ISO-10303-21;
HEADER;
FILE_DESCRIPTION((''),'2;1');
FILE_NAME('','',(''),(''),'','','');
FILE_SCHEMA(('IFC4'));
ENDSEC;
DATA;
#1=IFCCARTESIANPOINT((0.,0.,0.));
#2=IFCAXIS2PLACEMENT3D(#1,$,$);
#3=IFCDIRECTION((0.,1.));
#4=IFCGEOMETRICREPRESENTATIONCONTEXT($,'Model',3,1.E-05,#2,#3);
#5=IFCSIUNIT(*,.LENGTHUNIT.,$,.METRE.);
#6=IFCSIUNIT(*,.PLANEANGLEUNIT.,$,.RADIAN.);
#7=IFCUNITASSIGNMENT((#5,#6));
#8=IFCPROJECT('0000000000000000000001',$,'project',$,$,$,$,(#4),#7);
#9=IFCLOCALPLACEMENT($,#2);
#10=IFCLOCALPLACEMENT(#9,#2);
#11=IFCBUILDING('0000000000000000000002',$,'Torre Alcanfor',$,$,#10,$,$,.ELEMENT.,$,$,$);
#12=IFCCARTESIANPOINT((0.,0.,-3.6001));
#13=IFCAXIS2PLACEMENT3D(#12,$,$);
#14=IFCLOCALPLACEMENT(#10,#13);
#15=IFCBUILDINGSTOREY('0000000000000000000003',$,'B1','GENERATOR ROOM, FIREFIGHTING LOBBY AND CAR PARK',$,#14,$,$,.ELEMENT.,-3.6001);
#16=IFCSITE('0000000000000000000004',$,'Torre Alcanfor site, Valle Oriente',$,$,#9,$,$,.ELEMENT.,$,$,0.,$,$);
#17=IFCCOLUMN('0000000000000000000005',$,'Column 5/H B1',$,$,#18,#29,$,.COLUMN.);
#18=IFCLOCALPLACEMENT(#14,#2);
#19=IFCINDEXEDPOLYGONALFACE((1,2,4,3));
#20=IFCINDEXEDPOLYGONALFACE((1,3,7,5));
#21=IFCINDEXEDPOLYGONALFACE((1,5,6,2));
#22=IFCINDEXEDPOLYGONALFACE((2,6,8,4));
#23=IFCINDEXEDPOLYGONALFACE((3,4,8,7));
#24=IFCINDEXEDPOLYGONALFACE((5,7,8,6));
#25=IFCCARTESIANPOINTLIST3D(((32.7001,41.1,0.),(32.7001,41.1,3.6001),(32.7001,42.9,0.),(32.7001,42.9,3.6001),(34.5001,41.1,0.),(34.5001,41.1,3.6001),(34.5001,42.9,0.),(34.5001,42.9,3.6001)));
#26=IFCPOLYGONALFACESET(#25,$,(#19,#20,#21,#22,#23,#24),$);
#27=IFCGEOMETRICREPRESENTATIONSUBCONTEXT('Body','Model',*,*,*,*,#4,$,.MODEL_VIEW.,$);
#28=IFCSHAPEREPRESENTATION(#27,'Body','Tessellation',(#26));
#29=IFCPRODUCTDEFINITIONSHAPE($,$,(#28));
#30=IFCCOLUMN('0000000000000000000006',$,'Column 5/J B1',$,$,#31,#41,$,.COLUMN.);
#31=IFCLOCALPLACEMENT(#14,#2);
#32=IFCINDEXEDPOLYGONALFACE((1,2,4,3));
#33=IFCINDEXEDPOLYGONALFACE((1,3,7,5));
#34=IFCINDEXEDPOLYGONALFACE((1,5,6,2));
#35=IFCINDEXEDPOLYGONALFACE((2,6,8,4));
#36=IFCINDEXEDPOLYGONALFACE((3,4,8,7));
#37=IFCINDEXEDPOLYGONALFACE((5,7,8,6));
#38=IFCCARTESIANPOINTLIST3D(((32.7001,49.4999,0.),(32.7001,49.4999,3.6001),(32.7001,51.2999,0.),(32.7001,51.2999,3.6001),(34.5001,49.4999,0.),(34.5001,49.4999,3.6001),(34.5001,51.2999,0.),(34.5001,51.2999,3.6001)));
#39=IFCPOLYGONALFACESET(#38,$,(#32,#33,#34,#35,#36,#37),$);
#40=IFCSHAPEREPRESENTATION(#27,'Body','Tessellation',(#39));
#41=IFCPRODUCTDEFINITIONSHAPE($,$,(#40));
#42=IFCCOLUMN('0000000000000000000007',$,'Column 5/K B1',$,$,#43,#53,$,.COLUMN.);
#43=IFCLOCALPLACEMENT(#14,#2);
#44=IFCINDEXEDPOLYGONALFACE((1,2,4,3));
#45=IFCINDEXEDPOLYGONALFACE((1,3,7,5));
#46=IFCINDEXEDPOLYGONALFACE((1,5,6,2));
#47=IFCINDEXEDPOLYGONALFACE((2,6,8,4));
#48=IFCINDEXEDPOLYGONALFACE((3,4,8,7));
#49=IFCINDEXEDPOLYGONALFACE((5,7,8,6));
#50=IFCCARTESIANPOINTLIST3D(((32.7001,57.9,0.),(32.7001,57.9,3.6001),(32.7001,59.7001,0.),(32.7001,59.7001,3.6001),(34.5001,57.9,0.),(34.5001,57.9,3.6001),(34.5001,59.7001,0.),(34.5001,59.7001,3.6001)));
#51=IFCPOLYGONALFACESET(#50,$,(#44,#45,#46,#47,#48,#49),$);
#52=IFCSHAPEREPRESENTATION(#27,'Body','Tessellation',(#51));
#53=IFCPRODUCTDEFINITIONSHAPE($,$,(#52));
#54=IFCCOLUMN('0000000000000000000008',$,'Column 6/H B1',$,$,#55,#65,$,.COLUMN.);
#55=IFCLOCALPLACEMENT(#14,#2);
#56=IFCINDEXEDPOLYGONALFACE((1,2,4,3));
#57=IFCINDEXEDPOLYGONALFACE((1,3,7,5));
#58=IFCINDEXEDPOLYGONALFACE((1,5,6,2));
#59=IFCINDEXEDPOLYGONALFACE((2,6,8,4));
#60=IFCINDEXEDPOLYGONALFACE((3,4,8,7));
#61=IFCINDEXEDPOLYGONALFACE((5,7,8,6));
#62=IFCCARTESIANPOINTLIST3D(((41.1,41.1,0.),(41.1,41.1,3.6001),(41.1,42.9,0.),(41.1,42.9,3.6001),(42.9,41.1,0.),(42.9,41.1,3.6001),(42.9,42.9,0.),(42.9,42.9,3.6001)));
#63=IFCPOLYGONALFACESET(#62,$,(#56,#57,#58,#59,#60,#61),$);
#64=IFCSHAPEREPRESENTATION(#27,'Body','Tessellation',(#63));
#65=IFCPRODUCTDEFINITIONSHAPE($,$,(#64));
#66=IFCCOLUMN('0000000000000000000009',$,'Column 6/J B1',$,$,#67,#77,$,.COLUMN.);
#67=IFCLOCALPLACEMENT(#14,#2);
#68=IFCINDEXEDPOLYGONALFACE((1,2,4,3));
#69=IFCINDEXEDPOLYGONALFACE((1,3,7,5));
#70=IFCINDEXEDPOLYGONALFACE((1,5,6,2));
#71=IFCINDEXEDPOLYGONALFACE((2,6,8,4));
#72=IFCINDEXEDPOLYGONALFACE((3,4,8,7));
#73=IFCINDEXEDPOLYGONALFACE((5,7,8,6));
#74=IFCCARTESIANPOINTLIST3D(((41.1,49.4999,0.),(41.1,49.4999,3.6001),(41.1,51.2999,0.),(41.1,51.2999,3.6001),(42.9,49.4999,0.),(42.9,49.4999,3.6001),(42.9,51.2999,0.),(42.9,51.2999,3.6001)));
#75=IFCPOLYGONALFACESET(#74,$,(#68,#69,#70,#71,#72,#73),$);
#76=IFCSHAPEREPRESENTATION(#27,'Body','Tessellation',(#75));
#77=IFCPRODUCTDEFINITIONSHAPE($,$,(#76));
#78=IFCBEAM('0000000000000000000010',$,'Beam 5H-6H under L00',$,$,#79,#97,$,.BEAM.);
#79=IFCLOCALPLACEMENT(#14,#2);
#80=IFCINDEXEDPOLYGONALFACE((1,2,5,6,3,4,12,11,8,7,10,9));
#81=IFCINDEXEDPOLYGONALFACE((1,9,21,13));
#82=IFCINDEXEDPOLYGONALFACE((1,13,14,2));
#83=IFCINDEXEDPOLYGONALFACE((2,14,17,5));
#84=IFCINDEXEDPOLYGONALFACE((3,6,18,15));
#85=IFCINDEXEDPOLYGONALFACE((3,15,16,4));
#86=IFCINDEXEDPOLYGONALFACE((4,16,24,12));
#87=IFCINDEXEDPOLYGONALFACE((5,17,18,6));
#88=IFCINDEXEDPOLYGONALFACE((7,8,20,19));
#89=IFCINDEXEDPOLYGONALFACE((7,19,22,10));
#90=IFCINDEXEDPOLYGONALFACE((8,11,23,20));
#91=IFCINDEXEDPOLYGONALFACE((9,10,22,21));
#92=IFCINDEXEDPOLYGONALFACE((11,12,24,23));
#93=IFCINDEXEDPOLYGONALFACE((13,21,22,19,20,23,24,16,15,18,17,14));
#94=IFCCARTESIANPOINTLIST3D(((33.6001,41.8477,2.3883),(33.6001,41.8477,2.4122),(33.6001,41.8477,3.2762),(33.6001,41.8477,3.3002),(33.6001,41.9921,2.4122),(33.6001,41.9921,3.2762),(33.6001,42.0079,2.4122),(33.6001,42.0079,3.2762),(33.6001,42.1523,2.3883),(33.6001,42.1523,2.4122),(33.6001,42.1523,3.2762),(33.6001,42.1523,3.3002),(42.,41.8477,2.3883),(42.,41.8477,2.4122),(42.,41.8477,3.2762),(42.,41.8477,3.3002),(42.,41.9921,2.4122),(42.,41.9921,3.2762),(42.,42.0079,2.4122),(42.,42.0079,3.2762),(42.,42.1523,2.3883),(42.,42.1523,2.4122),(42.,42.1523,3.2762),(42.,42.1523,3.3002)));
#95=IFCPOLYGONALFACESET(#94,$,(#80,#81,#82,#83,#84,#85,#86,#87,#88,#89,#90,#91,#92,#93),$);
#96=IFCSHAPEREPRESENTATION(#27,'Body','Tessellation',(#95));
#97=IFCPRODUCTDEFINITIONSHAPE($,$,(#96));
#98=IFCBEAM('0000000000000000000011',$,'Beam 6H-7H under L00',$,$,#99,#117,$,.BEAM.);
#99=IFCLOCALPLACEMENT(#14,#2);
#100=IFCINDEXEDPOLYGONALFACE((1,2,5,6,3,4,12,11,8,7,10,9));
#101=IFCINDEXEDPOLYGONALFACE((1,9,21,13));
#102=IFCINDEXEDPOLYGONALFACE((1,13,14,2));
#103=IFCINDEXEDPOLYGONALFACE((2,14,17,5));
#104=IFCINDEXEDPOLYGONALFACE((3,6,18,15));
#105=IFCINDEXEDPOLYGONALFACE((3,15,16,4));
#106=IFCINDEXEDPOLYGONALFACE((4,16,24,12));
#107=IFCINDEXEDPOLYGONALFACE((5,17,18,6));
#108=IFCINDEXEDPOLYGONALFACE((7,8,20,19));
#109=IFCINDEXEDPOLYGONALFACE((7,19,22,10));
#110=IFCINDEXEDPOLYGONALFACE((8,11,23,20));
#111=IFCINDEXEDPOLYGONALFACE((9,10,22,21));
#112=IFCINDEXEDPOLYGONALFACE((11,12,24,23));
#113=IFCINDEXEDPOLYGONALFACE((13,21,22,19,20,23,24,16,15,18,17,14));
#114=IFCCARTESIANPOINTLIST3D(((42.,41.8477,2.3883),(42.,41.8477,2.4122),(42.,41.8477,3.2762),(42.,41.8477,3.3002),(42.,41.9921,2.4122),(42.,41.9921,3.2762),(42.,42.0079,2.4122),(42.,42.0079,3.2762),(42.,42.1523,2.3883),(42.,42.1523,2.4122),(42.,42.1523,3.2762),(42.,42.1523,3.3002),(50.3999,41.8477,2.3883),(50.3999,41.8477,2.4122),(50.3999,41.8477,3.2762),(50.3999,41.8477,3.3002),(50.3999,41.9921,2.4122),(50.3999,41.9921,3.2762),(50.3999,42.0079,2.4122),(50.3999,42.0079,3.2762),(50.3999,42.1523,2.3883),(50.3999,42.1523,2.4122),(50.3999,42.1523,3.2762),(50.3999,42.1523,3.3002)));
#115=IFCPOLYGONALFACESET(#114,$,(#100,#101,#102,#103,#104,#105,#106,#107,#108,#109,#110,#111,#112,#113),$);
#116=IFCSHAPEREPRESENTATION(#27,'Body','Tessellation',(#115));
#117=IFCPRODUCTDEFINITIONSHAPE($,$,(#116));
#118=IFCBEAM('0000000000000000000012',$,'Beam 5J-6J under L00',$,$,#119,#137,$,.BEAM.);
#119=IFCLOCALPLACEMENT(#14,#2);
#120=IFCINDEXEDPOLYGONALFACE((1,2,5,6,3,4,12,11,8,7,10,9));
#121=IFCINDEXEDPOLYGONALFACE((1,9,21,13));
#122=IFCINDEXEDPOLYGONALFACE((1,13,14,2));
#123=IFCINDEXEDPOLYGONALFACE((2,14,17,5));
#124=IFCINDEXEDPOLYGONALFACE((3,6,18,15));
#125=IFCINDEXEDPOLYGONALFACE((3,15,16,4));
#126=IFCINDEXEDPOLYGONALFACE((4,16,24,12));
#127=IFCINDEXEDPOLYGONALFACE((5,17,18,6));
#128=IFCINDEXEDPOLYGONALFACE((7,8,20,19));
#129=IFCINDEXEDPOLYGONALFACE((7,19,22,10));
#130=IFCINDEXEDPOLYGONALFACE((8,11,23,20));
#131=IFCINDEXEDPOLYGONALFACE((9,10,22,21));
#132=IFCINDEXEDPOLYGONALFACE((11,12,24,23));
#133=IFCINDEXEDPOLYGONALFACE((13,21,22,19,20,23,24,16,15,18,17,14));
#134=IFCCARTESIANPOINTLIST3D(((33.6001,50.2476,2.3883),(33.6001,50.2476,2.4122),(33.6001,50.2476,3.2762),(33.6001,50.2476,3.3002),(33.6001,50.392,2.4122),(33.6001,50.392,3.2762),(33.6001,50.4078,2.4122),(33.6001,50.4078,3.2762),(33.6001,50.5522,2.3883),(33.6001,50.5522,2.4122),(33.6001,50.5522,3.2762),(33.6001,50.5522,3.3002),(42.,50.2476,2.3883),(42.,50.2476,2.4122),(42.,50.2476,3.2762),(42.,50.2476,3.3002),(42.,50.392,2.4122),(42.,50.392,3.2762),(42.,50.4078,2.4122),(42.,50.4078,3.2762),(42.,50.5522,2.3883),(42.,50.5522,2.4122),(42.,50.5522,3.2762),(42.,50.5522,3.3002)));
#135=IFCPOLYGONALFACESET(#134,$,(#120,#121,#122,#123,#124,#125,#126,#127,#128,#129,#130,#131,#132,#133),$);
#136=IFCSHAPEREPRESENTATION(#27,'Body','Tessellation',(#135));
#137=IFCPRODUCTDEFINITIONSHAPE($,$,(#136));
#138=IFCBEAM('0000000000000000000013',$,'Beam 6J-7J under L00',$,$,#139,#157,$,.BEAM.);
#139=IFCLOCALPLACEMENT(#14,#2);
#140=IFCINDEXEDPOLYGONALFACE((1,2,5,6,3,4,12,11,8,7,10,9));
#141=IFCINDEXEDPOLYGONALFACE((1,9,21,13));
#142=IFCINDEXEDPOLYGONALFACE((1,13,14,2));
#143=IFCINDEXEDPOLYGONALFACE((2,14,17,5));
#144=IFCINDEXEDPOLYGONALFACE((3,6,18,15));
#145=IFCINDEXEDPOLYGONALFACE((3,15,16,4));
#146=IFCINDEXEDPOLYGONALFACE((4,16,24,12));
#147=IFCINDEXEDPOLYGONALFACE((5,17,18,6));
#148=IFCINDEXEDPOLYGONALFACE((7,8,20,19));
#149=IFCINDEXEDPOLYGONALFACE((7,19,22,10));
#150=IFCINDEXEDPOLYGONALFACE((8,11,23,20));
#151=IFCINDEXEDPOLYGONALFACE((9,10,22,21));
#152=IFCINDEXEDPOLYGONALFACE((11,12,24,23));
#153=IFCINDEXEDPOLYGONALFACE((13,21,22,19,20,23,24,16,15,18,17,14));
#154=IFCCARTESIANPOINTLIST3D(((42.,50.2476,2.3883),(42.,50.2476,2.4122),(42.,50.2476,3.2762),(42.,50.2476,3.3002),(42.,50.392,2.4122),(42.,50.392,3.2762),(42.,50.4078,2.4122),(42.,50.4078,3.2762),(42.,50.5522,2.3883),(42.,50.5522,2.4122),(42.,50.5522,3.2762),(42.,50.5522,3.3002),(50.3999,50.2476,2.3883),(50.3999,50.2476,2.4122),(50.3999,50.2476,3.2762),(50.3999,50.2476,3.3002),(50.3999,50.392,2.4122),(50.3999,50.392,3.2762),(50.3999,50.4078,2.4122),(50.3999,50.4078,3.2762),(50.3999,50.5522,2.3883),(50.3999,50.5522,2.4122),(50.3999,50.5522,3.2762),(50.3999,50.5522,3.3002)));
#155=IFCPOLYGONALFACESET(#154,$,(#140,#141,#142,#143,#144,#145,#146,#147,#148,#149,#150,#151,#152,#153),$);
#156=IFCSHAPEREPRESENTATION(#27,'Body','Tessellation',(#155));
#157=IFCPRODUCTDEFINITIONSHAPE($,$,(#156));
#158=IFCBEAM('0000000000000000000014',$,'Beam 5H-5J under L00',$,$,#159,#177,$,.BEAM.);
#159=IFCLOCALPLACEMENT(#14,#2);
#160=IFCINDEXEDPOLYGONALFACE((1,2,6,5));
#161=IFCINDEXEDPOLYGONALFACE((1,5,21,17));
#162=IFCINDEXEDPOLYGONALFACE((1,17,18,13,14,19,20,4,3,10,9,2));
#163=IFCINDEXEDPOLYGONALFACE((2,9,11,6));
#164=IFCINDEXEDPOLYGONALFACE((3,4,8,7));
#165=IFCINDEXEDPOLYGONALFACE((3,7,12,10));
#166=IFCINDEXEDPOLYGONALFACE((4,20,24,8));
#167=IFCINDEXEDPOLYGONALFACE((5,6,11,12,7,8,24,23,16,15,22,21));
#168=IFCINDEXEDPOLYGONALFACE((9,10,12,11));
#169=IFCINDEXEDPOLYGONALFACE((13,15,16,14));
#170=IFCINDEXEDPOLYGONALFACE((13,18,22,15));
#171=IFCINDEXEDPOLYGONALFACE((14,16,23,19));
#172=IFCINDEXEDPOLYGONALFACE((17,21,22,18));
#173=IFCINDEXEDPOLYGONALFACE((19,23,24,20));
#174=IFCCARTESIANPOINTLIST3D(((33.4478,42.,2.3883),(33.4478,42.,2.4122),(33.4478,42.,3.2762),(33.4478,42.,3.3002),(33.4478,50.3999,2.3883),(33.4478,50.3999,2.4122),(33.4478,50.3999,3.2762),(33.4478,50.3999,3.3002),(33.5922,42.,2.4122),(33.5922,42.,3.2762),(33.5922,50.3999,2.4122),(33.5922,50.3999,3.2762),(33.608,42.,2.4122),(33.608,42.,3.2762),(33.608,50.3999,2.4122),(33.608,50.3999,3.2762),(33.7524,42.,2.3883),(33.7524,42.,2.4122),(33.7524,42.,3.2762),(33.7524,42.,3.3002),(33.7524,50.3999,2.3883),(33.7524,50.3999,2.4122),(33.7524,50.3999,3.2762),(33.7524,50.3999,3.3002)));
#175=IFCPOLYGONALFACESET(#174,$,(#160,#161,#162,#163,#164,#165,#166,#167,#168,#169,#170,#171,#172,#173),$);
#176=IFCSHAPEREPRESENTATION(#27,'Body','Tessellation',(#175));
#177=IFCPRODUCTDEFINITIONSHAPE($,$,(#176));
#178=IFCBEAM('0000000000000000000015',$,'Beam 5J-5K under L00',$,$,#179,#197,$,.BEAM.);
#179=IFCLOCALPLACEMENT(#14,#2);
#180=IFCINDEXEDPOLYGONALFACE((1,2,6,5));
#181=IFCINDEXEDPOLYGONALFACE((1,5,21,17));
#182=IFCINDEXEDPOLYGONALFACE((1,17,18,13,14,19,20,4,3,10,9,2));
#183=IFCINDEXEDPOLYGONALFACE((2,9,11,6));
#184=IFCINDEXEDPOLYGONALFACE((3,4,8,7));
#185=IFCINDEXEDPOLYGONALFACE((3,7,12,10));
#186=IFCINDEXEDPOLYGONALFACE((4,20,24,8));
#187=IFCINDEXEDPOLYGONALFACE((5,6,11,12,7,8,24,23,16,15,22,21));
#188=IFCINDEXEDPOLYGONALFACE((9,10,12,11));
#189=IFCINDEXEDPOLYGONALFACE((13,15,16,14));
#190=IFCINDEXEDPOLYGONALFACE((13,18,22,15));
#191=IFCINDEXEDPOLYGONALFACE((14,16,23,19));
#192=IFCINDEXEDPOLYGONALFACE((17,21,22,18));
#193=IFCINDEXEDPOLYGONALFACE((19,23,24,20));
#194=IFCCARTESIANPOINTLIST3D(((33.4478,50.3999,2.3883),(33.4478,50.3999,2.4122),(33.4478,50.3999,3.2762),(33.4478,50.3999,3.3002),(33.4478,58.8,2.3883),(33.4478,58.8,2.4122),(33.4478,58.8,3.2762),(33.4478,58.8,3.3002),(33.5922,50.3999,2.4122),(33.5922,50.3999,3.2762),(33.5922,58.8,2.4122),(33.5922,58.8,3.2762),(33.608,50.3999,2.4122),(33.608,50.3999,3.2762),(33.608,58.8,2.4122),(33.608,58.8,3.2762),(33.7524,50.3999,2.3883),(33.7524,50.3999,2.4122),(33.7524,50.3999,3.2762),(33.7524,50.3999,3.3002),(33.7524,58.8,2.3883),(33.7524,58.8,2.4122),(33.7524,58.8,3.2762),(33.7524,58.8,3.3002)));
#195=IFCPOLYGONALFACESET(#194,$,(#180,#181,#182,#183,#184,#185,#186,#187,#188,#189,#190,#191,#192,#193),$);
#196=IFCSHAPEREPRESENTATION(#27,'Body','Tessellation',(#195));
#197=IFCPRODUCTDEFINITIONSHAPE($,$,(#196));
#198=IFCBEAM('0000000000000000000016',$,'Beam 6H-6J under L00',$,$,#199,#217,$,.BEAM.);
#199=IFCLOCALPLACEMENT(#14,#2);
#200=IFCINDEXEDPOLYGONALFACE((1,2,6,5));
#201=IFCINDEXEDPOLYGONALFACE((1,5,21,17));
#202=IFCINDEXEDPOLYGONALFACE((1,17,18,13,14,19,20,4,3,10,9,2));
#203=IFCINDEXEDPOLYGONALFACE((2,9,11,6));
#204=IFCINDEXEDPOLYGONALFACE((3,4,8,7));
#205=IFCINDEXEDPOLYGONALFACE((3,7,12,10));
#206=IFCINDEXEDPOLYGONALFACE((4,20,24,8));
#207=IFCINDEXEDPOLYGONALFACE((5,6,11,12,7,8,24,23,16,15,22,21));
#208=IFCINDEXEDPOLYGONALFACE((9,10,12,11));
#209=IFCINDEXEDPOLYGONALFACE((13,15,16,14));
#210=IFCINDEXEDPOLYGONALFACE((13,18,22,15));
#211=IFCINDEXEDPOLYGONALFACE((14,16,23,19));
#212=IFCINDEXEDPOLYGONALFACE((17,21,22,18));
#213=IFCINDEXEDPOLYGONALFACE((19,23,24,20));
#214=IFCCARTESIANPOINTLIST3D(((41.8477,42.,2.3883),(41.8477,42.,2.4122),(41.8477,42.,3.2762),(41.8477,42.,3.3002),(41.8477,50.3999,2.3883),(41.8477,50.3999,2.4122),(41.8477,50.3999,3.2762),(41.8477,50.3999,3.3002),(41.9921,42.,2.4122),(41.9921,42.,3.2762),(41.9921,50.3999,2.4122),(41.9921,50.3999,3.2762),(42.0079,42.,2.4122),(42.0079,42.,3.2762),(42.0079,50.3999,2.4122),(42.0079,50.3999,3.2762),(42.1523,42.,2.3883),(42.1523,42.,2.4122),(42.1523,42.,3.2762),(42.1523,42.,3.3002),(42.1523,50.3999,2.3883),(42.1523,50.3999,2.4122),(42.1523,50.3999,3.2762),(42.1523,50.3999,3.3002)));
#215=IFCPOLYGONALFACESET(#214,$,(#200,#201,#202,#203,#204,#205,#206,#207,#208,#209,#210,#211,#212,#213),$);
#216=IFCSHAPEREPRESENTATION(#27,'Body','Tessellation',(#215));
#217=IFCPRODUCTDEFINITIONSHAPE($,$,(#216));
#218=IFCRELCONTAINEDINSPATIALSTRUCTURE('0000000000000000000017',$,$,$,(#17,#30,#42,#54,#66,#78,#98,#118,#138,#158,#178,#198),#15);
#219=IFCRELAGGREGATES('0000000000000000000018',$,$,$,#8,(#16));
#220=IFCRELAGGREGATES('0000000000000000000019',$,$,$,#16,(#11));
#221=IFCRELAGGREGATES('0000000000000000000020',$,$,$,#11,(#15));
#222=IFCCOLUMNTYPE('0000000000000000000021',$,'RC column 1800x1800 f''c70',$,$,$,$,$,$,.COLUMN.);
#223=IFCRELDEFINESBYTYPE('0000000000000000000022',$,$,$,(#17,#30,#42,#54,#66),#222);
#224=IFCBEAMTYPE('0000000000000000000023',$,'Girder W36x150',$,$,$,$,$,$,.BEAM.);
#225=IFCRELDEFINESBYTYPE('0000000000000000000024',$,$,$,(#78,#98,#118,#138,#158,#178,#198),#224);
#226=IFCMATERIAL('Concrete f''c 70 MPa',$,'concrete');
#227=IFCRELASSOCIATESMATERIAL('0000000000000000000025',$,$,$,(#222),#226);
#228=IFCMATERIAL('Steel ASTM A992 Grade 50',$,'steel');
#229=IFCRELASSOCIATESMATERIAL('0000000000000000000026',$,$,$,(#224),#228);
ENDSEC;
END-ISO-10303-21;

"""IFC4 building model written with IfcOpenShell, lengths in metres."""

from ifc_helpers import new_model, si_unit, direction, frame, origin, origin_2d, place, context, subcontext, project, spatial, rectangle, i_section, extrude, material, material_profile, profile_set, type_object, element, save


model = new_model("IFC4")

# Units and contexts
model_context = context("Model", 3, precision=1e-05, world=origin(), true_north=direction((0.0, 1.0)))
body_context = subcontext(model_context, "Body", "Model", "MODEL_VIEW")
ifc_project = project(units=[si_unit("LENGTHUNIT", "METRE"), si_unit("PLANEANGLEUNIT", "RADIAN")], contexts=[model_context])

# Site, building, storey
site_placement = place(None, origin())
site = spatial("IfcSite", under=ifc_project, at=site_placement, Name="Torre Alcanfor site, Valle Oriente", CompositionType="ELEMENT", RefElevation=0.0)
building_placement = place(site_placement, origin())
building = spatial("IfcBuilding", under=site, at=building_placement, Name="Torre Alcanfor", CompositionType="ELEMENT")
storey_placement = place(building_placement, frame((0.0, 0.0, -3.6001)))
storey = spatial("IfcBuildingStorey", under=building, at=storey_placement, Name="B1", Description="GENERATOR ROOM, FIREFIGHTING LOBBY AND CAR PARK", CompositionType="ELEMENT", Elevation=-3.6001)

# Columns
ifc_material_1 = material(Name="Concrete f'c 70 MPa", Category="concrete")
ifc_material_profile_1 = material_profile(ifc_material_1, rectangle(XDim=1.8, YDim=1.8, at=origin_2d()), Name="1800x1800")
ifc_profile_set_1 = profile_set([ifc_material_profile_1], Name="Concrete f'c 70 MPa")
column_type = type_object("IfcColumnType", Name="RC column 1800x1800 f'c70", PredefinedType="COLUMN", material=ifc_profile_set_1)
for number, where, z_axis, x_axis, name in (
    (1, (33.6001, 42.0, 0.0), (0.0, 0.0, 1.0), (1.0, 0.0, 0.0), "Column 5/H B1"),
    (2, (33.6001, 50.3999, 0.0), (0.0, 0.0, 1.0), (1.0, 0.0, 0.0), "Column 5/J B1"),
    (3, (33.6001, 58.8, 0.0), (0.0, 0.0, 1.0), (1.0, 0.0, 0.0), "Column 5/K B1"),
    (4, (42.0, 42.0, 0.0), (0.0, 0.0, 1.0), (1.0, 0.0, 0.0), "Column 6/H B1"),
    (5, (42.0, 50.3999, 0.0), (0.0, 0.0, 1.0), (1.0, 0.0, 0.0), "Column 6/J B1"),
):
    element("IfcColumn", number, at=place(storey_placement, frame(where, z_axis=z_axis, x_axis=x_axis)), inside=storey, type_object=column_type, Name=name, PredefinedType="COLUMN", context=body_context, shape_type="SweptSolid", body=[
        extrude(rectangle(XDim=1.8, YDim=1.8, at=origin_2d()), origin(), (0.0, 0.0, 1.0), 3.6001),
    ])

# Beams
ifc_material_2 = material(Name="Steel ASTM A992 Grade 50", Category="steel")
ifc_material_profile_2 = material_profile(ifc_material_2, i_section(OverallWidth=0.3047, OverallDepth=0.9119, WebThickness=0.0159, FlangeThickness=0.0239, at=origin_2d()), Name="W36x150")
ifc_profile_set_2 = profile_set([ifc_material_profile_2], Name="Steel ASTM A992 Grade 50")
beam_type_1 = type_object("IfcBeamType", Name="Girder W36x150", PredefinedType="BEAM", material=ifc_profile_set_2)
for number, where, z_axis, x_axis, name in (
    (6, (33.6001, 42.0, 2.8442), (1.0, 0.0, 0.0), (0.0, 1.0, 0.0), "Beam 5H-6H under L00"),
    (7, (42.0, 42.0, 2.8442), (1.0, 0.0, 0.0), (0.0, 1.0, 0.0), "Beam 6H-7H under L00"),
    (8, (33.6001, 50.3999, 2.8442), (1.0, 0.0, 0.0), (0.0, 1.0, 0.0), "Beam 5J-6J under L00"),
    (9, (42.0, 50.3999, 2.8442), (1.0, 0.0, 0.0), (0.0, 1.0, 0.0), "Beam 6J-7J under L00"),
    (10, (33.6001, 42.0, 2.8442), (0.0, 1.0, 0.0), (-1.0, 0.0, 0.0), "Beam 5H-5J under L00"),
):
    element("IfcBeam", number, at=place(storey_placement, frame(where, z_axis=z_axis, x_axis=x_axis)), inside=storey, type_object=beam_type_1, Name=name, PredefinedType="BEAM", context=body_context, shape_type="SweptSolid", body=[
        extrude(i_section(OverallWidth=0.3047, OverallDepth=0.9119, WebThickness=0.0159, FlangeThickness=0.0239, at=origin_2d()), origin(), (0.0, 0.0, 1.0), 8.3999),
    ])
beam_1_placement = place(storey_placement, frame((33.6001, 50.3999, 2.8442), z_axis=(0.0, 1.0, 0.0), x_axis=(-1.0, 0.0, 0.0)))
element("IfcBeam", 11, at=beam_1_placement, inside=storey, type_object=beam_type_1, Name="Beam 5J-5K under L00", PredefinedType="BEAM", context=body_context, shape_type="SweptSolid", body=[
    extrude(i_section(OverallWidth=0.3047, OverallDepth=0.9119, WebThickness=0.0159, FlangeThickness=0.0239, at=origin_2d()), origin(), (0.0, 0.0, 1.0), 8.4001),
])
beam_2_placement = place(storey_placement, frame((42.0, 42.0, 2.8442), z_axis=(0.0, 1.0, 0.0), x_axis=(-1.0, 0.0, 0.0)))
element("IfcBeam", 12, at=beam_2_placement, inside=storey, type_object=beam_type_1, Name="Beam 6H-6J under L00", PredefinedType="BEAM", context=body_context, shape_type="SweptSolid", body=[
    extrude(i_section(OverallWidth=0.3047, OverallDepth=0.9119, WebThickness=0.0159, FlangeThickness=0.0239, at=origin_2d()), origin(), (0.0, 0.0, 1.0), 8.3999),
])

save(model, "model.ifc")
